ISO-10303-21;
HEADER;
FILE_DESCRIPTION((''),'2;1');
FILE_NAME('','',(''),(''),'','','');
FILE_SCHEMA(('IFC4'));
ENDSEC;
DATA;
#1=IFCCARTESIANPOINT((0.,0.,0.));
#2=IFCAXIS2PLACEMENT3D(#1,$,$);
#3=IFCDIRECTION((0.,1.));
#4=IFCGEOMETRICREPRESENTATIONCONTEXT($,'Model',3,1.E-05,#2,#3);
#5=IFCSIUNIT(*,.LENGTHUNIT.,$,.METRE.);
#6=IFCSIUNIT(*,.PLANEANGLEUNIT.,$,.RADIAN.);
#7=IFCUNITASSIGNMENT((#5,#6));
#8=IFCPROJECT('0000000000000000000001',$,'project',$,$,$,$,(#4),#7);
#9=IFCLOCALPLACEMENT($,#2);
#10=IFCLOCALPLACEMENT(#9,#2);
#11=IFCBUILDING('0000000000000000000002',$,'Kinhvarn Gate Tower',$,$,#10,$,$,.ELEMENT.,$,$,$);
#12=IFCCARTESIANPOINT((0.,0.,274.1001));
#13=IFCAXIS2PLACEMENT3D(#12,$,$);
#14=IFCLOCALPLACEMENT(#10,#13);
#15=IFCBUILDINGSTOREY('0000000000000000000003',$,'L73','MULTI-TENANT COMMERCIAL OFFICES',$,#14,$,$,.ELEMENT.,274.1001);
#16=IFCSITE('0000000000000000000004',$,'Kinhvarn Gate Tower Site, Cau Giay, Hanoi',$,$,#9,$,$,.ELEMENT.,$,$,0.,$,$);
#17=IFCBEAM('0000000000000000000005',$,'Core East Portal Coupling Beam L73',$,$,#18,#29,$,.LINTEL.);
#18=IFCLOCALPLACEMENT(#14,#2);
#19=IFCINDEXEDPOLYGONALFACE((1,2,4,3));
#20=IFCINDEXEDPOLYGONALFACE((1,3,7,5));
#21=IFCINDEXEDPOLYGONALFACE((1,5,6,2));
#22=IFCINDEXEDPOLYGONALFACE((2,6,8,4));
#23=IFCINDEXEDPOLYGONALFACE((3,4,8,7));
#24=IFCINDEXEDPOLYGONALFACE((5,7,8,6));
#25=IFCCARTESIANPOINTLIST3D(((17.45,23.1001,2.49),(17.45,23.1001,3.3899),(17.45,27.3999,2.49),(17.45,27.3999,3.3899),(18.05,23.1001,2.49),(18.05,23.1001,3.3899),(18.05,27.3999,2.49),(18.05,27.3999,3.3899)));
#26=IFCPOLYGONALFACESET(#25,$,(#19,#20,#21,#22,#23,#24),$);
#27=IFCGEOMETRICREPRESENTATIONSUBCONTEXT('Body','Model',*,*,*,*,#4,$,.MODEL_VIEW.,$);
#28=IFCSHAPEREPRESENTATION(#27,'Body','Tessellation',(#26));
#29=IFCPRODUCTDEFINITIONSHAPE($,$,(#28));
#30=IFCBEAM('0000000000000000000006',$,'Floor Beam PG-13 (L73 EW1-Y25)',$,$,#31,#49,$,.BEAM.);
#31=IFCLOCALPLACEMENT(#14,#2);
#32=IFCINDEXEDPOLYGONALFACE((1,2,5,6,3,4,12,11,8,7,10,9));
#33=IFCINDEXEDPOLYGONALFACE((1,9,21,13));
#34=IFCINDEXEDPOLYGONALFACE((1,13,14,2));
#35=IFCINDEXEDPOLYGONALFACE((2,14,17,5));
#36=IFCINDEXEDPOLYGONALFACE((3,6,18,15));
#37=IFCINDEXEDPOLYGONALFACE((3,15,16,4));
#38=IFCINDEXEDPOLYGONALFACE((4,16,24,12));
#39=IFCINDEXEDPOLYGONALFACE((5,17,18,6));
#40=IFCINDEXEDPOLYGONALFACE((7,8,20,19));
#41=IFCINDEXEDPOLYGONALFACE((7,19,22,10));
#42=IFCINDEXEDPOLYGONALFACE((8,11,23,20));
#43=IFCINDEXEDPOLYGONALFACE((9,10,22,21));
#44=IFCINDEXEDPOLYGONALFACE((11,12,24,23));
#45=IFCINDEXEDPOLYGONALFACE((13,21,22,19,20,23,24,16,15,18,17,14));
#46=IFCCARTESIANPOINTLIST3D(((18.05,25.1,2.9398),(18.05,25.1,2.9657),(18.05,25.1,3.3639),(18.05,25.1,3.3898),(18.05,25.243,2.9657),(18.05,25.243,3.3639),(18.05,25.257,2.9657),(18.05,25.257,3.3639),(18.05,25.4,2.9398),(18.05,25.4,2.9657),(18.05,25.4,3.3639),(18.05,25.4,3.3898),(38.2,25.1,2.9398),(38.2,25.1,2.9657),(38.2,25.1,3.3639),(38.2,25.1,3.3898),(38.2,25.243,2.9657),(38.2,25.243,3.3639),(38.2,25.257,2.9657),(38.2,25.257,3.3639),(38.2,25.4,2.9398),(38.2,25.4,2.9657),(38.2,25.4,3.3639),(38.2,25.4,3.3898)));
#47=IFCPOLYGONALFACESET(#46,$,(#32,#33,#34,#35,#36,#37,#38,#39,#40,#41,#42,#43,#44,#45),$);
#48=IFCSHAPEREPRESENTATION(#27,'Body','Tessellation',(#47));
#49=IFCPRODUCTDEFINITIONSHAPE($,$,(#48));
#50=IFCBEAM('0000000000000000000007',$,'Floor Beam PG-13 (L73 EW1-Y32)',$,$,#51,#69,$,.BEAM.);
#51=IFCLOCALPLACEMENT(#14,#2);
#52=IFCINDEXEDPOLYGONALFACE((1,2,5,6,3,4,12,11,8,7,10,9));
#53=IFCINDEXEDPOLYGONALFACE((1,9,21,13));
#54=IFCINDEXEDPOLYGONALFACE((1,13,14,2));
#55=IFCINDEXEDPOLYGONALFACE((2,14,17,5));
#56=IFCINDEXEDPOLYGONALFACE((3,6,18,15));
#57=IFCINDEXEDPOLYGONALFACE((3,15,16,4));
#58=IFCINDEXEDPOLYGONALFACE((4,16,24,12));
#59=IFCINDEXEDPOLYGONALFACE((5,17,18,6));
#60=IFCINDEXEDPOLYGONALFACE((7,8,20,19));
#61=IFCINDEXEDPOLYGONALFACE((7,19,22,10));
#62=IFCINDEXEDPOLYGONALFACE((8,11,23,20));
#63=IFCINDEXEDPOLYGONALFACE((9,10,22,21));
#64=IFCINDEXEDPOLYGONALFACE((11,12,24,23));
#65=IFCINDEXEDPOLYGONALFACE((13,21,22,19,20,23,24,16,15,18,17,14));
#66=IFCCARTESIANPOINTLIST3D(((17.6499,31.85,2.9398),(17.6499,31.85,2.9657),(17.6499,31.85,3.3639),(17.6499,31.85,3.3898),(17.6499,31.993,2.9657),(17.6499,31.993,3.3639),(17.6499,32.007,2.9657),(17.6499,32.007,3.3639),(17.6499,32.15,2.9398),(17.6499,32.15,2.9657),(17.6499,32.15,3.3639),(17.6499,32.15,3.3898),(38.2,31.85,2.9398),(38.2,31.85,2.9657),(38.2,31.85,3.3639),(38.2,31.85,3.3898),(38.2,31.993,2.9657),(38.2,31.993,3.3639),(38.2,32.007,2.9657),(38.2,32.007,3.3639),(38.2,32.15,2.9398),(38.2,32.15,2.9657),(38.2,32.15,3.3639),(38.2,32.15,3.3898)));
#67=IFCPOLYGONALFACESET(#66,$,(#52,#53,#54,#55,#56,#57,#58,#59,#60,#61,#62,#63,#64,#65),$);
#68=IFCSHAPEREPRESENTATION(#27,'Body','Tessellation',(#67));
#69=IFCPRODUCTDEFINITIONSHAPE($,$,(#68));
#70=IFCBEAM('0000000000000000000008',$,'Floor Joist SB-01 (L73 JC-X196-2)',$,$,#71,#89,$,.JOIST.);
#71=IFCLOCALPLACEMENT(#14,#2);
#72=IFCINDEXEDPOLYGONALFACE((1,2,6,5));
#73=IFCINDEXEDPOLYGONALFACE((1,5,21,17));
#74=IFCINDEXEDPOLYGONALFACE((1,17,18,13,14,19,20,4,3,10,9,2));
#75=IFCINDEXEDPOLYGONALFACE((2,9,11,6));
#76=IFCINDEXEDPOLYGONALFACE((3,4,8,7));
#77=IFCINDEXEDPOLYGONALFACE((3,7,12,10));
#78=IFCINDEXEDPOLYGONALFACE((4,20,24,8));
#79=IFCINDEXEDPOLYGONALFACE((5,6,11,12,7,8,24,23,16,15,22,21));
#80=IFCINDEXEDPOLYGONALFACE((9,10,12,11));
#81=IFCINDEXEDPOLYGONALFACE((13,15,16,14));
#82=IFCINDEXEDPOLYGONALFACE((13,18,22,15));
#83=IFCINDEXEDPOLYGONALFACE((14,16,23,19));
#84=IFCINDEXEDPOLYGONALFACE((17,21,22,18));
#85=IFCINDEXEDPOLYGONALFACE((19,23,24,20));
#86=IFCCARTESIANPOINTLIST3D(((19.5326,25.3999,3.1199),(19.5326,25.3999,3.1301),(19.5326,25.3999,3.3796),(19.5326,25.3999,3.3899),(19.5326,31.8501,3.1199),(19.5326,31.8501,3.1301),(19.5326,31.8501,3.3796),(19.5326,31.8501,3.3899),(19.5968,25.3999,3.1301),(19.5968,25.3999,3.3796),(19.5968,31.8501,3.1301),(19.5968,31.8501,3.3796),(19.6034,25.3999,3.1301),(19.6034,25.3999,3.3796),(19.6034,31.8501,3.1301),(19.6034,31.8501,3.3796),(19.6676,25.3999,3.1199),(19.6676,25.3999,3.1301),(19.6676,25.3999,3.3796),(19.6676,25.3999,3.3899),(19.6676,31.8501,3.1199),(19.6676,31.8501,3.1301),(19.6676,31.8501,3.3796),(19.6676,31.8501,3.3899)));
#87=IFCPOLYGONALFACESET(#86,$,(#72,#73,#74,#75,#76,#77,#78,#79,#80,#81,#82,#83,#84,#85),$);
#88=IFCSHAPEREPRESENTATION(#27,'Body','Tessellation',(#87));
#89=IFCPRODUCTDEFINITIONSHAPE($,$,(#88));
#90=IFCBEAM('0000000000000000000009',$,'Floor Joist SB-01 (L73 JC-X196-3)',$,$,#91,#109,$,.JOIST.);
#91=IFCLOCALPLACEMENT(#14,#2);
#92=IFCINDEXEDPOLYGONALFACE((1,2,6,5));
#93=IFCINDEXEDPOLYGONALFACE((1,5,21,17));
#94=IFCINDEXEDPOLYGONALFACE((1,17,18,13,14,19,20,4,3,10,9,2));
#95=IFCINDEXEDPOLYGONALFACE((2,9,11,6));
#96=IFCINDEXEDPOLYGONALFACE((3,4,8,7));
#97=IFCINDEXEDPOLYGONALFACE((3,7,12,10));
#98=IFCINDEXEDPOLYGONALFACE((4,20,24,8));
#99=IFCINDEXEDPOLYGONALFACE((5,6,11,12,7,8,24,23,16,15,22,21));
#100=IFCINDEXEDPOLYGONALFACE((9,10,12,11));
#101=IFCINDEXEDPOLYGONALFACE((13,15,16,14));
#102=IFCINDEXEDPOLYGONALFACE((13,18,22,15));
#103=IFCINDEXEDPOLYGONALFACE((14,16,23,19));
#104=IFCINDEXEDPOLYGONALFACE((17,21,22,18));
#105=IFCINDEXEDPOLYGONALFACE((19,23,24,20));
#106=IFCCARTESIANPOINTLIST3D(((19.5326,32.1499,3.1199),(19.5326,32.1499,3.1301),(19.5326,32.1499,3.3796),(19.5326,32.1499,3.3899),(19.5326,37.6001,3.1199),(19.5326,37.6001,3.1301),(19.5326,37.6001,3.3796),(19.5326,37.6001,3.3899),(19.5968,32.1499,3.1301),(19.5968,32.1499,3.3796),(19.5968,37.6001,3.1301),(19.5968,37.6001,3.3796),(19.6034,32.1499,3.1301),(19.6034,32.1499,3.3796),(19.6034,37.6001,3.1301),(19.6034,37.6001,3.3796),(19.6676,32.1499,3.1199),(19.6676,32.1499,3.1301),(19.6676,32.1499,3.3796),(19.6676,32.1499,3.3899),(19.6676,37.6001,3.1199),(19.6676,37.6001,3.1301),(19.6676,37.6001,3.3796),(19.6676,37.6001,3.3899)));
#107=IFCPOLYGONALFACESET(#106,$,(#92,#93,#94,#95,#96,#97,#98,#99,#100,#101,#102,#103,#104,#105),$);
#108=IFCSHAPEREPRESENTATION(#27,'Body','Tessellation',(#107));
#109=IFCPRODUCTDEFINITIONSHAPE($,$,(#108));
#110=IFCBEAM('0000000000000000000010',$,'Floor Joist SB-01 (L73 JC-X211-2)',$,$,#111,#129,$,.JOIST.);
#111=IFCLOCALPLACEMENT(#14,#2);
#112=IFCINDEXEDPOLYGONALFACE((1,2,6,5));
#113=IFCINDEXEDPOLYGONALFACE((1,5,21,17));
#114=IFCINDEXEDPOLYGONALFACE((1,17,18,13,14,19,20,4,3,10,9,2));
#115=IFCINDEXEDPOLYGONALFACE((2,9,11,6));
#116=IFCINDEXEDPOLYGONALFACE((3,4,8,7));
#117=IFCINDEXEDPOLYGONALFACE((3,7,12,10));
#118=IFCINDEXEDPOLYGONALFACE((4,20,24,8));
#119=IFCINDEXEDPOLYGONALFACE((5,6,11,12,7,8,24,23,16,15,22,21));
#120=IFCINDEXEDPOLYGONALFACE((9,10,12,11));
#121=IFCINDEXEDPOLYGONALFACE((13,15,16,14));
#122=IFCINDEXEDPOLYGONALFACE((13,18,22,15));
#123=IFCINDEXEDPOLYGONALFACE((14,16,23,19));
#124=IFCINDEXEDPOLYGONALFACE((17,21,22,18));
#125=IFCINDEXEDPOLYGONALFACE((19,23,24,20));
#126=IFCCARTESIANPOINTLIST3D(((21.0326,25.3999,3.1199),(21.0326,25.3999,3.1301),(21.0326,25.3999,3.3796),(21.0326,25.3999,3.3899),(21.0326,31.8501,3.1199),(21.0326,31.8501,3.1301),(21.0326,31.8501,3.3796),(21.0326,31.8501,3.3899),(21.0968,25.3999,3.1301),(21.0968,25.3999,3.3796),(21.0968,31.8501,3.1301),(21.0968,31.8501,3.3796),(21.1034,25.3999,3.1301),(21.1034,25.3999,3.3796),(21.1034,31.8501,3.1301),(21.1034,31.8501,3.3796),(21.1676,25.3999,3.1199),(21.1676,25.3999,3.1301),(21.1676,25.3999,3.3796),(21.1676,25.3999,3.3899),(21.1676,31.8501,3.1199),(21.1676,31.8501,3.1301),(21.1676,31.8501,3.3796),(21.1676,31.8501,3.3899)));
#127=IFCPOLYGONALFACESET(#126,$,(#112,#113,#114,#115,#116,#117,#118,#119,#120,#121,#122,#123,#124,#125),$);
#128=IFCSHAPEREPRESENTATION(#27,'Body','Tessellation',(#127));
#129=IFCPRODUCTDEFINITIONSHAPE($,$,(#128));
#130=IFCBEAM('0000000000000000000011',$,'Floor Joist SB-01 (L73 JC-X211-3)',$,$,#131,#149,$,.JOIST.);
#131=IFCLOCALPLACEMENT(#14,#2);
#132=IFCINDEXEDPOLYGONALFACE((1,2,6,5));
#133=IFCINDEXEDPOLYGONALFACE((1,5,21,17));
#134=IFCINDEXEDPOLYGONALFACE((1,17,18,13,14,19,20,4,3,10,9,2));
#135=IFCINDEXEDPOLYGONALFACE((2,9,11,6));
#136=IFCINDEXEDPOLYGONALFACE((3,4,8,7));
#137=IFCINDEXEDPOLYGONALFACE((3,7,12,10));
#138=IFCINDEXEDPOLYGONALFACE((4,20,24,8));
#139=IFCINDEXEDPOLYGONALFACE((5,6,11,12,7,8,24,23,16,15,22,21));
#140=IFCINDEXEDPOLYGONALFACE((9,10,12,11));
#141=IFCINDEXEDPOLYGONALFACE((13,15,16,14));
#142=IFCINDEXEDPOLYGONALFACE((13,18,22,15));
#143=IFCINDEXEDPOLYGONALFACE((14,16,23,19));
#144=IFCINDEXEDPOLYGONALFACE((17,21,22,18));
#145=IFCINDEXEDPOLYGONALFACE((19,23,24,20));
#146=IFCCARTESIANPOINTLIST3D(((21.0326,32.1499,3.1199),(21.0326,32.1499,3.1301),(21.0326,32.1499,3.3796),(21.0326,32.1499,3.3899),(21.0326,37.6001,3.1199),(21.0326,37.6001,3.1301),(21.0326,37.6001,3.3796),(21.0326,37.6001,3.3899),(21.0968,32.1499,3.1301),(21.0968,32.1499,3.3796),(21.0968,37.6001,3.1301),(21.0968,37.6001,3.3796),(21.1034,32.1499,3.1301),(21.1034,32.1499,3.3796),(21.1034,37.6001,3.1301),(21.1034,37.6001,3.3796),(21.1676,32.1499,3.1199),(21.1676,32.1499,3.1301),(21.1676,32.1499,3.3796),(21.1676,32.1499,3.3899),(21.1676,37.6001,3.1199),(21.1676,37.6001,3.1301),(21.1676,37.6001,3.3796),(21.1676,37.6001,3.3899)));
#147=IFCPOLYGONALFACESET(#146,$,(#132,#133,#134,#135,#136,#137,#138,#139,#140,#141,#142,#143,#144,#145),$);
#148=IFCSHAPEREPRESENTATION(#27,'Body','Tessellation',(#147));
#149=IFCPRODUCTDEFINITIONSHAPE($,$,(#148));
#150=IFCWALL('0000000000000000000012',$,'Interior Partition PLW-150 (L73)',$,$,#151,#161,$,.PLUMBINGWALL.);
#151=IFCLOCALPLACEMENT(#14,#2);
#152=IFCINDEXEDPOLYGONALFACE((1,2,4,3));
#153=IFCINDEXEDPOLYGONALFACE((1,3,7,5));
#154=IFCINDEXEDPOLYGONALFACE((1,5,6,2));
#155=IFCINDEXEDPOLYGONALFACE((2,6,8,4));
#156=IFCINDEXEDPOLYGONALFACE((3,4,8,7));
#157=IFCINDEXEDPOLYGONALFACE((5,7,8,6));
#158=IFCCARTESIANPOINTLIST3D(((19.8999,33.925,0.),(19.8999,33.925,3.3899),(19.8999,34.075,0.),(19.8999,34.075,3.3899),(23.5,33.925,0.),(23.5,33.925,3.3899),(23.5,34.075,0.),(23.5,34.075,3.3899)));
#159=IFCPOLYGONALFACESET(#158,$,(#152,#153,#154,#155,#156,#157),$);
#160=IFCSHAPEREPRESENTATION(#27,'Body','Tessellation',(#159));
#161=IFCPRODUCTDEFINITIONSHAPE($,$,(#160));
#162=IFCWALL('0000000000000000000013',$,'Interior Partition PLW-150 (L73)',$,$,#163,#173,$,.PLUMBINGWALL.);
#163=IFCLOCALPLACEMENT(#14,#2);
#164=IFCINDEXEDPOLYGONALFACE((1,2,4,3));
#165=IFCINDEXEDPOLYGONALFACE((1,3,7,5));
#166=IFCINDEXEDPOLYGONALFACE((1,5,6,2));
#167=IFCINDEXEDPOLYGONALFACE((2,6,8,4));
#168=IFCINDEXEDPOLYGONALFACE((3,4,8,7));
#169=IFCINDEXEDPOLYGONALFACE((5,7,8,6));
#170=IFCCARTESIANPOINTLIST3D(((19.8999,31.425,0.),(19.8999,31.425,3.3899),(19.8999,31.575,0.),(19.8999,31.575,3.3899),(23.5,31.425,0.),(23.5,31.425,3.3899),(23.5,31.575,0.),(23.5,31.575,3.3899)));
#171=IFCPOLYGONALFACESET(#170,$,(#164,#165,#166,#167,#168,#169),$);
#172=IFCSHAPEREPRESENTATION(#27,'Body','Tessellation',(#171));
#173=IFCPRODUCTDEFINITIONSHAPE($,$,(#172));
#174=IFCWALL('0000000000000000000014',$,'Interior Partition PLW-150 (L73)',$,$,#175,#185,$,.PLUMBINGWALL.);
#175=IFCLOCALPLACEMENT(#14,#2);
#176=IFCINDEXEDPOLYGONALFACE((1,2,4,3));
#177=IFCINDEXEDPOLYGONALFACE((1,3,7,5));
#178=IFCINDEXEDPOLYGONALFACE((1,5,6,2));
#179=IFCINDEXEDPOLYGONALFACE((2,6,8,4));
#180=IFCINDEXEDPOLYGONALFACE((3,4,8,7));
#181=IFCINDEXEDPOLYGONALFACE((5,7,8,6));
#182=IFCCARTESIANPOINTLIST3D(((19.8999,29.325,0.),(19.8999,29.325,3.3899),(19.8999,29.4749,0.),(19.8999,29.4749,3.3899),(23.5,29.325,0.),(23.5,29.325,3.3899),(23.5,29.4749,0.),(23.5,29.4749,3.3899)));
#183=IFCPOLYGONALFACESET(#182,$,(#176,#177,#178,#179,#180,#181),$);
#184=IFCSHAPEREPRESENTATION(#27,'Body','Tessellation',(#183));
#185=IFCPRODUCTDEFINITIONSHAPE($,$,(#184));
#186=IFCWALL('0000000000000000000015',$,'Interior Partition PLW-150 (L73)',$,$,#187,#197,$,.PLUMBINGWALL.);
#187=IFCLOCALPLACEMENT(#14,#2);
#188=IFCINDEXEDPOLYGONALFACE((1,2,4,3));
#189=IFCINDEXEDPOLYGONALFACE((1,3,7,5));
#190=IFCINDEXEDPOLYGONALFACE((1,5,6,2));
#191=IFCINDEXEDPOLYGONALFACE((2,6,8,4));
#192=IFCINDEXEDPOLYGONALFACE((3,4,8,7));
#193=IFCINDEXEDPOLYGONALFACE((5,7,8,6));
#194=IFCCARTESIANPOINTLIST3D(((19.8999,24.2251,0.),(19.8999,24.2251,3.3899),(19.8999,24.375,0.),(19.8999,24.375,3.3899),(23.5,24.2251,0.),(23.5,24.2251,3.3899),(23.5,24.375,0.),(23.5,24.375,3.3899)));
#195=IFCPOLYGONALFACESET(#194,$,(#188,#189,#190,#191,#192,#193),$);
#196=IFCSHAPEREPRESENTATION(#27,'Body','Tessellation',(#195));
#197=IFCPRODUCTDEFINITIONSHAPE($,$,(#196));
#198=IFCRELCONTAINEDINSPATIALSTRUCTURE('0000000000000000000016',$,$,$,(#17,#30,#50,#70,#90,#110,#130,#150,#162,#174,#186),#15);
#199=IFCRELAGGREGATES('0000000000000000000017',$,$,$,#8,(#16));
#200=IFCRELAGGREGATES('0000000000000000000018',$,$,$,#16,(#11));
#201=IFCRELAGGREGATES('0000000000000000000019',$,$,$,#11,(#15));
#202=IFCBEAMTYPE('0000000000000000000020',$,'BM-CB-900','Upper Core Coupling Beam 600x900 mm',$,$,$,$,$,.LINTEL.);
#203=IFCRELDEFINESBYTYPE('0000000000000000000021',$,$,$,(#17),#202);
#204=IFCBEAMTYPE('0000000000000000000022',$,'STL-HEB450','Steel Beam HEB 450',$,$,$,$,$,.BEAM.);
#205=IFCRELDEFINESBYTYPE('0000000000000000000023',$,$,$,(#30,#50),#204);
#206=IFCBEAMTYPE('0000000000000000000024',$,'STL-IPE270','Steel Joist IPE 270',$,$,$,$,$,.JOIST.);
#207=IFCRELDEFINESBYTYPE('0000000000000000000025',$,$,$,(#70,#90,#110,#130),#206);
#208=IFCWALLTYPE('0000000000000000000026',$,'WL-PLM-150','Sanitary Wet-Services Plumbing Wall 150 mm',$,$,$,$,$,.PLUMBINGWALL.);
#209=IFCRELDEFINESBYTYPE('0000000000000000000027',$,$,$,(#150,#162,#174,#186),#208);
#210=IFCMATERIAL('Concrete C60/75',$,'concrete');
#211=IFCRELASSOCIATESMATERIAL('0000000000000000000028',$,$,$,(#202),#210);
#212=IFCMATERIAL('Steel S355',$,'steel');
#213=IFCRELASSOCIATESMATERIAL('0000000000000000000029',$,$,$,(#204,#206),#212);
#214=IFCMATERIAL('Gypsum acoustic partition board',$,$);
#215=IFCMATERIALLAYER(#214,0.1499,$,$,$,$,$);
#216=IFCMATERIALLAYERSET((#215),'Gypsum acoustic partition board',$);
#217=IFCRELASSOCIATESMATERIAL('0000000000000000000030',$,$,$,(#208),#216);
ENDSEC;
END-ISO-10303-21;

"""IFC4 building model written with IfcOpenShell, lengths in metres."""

from ifc_helpers import new_model, si_unit, direction, frame, frame_2d, origin, origin_2d, place, context, subcontext, project, spatial, rectangle, i_section, extrude, material, layer, layer_set, material_profile, profile_set, type_object, element, save


model = new_model("IFC4")

# Units and contexts
model_context = context("Model", 3, precision=1e-05, world=origin(), true_north=direction((0.0, 1.0)))
body_context = subcontext(model_context, "Body", "Model", "MODEL_VIEW")
ifc_project = project(units=[si_unit("LENGTHUNIT", "METRE"), si_unit("PLANEANGLEUNIT", "RADIAN")], contexts=[model_context])

# Site, building, storey
site_placement = place(None, origin())
site = spatial("IfcSite", under=ifc_project, at=site_placement, Name="Kinhvarn Gate Tower Site, Cau Giay, Hanoi", CompositionType="ELEMENT", RefElevation=0.0)
building_placement = place(site_placement, origin())
building = spatial("IfcBuilding", under=site, at=building_placement, Name="Kinhvarn Gate Tower", CompositionType="ELEMENT")
storey_placement = place(building_placement, frame((0.0, 0.0, 274.1001)))
storey = spatial("IfcBuildingStorey", under=building, at=storey_placement, Name="L73", Description="MULTI-TENANT COMMERCIAL OFFICES", CompositionType="ELEMENT", Elevation=274.1001)

# Beams
ifc_material_1 = material(Name="Concrete C60/75", Category="concrete")
ifc_material_profile_1 = material_profile(ifc_material_1, rectangle(XDim=0.6001, YDim=0.8999, at=origin_2d()), Name="RC 600x900")
ifc_profile_set_1 = profile_set([ifc_material_profile_1], Name="Concrete C60/75")
beam_type_1 = type_object("IfcBeamType", Name="BM-CB-900", Description="Upper Core Coupling Beam 600x900 mm", PredefinedType="LINTEL", material=ifc_profile_set_1)
beam_1_placement = place(storey_placement, frame((17.75, 23.1001, 2.9399), z_axis=(0.0, 1.0, 0.0), x_axis=(-1.0, 0.0, 0.0)))
element("IfcBeam", 1, at=beam_1_placement, inside=storey, type_object=beam_type_1, Name="Core East Portal Coupling Beam L73", PredefinedType="LINTEL", context=body_context, shape_type="SweptSolid", body=[
    extrude(rectangle(XDim=0.6001, YDim=0.8999, at=origin_2d()), origin(), (0.0, 0.0, 1.0), 4.2998),
])
ifc_material_2 = material(Name="Steel S355", Category="steel")
ifc_material_profile_2 = material_profile(ifc_material_2, i_section(OverallWidth=0.3, OverallDepth=0.45, WebThickness=0.0139, FlangeThickness=0.0259, at=origin_2d()), Name="HEB 450")
ifc_profile_set_2 = profile_set([ifc_material_profile_2], Name="Steel S355")
beam_type_2 = type_object("IfcBeamType", Name="STL-HEB450", Description="Steel Beam HEB 450", PredefinedType="BEAM", material=ifc_profile_set_2)
beam_2_placement = place(storey_placement, frame((18.05, 25.25, 3.1648), z_axis=(1.0, 0.0, 0.0), x_axis=(0.0, 1.0, 0.0)))
element("IfcBeam", 2, at=beam_2_placement, inside=storey, type_object=beam_type_2, Name="Floor Beam PG-13 (L73 EW1-Y25)", PredefinedType="BEAM", context=body_context, shape_type="SweptSolid", body=[
    extrude(i_section(OverallWidth=0.3, OverallDepth=0.45, WebThickness=0.0139, FlangeThickness=0.0259, at=origin_2d()), origin(), (0.0, 0.0, 1.0), 20.1499),
])
beam_3_placement = place(storey_placement, frame((17.6499, 32.0, 3.1648), z_axis=(1.0, 0.0, 0.0), x_axis=(0.0, 1.0, 0.0)))
element("IfcBeam", 3, at=beam_3_placement, inside=storey, type_object=beam_type_2, Name="Floor Beam PG-13 (L73 EW1-Y32)", PredefinedType="BEAM", context=body_context, shape_type="SweptSolid", body=[
    extrude(i_section(OverallWidth=0.3, OverallDepth=0.45, WebThickness=0.0139, FlangeThickness=0.0259, at=origin_2d()), origin(), (0.0, 0.0, 1.0), 20.55),
])
ifc_material_profile_3 = material_profile(ifc_material_2, i_section(OverallWidth=0.135, OverallDepth=0.27, WebThickness=0.0066, FlangeThickness=0.0103, at=origin_2d()), Name="IPE 270")
ifc_profile_set_3 = profile_set([ifc_material_profile_3], Name="Steel S355")
beam_type_3 = type_object("IfcBeamType", Name="STL-IPE270", Description="Steel Joist IPE 270", PredefinedType="JOIST", material=ifc_profile_set_3)
beam_4_placement = place(storey_placement, frame((19.6001, 25.3999, 3.2549), z_axis=(0.0, 1.0, 0.0), x_axis=(-1.0, 0.0, 0.0)))
element("IfcBeam", 4, at=beam_4_placement, inside=storey, type_object=beam_type_3, Name="Floor Joist SB-01 (L73 JC-X196-2)", PredefinedType="JOIST", context=body_context, shape_type="SweptSolid", body=[
    extrude(i_section(OverallWidth=0.135, OverallDepth=0.27, WebThickness=0.0066, FlangeThickness=0.0103, at=origin_2d()), origin(), (0.0, 0.0, 1.0), 6.4502),
])
beam_5_placement = place(storey_placement, frame((19.6001, 32.1499, 3.2549), z_axis=(0.0, 1.0, 0.0), x_axis=(-1.0, 0.0, 0.0)))
element("IfcBeam", 5, at=beam_5_placement, inside=storey, type_object=beam_type_3, Name="Floor Joist SB-01 (L73 JC-X196-3)", PredefinedType="JOIST", context=body_context, shape_type="SweptSolid", body=[
    extrude(i_section(OverallWidth=0.135, OverallDepth=0.27, WebThickness=0.0066, FlangeThickness=0.0103, at=origin_2d()), origin(), (0.0, 0.0, 1.0), 5.4502),
])
beam_6_placement = place(storey_placement, frame((21.1001, 25.3999, 3.2549), z_axis=(0.0, 1.0, 0.0), x_axis=(-1.0, 0.0, 0.0)))
element("IfcBeam", 6, at=beam_6_placement, inside=storey, type_object=beam_type_3, Name="Floor Joist SB-01 (L73 JC-X211-2)", PredefinedType="JOIST", context=body_context, shape_type="SweptSolid", body=[
    extrude(i_section(OverallWidth=0.135, OverallDepth=0.27, WebThickness=0.0066, FlangeThickness=0.0103, at=origin_2d()), origin(), (0.0, 0.0, 1.0), 6.4502),
])
beam_7_placement = place(storey_placement, frame((21.1001, 32.1499, 3.2549), z_axis=(0.0, 1.0, 0.0), x_axis=(-1.0, 0.0, 0.0)))
element("IfcBeam", 7, at=beam_7_placement, inside=storey, type_object=beam_type_3, Name="Floor Joist SB-01 (L73 JC-X211-3)", PredefinedType="JOIST", context=body_context, shape_type="SweptSolid", body=[
    extrude(i_section(OverallWidth=0.135, OverallDepth=0.27, WebThickness=0.0066, FlangeThickness=0.0103, at=origin_2d()), origin(), (0.0, 0.0, 1.0), 5.4502),
])

# Walls
ifc_material_3 = material(Name="Gypsum acoustic partition board")
ifc_layer_1 = layer(ifc_material_3, 0.1499)
ifc_layer_set_1 = layer_set([ifc_layer_1], Name="Gypsum acoustic partition board")
wall_type_1 = type_object("IfcWallType", Name="WL-PLM-150", Description="Sanitary Wet-Services Plumbing Wall 150 mm", PredefinedType="PLUMBINGWALL", material=ifc_layer_set_1)
for number, where, z_axis, x_axis, name in (
    (8, (19.8999, 34.0, 0.0), (0.0, 0.0, 1.0), (1.0, 0.0, 0.0), "Interior Partition PLW-150 (L73)"),
    (9, (19.8999, 31.5, 0.0), (0.0, 0.0, 1.0), (1.0, 0.0, 0.0), "Interior Partition PLW-150 (L73)"),
    (10, (19.8999, 29.3999, 0.0), (0.0, 0.0, 1.0), (1.0, 0.0, 0.0), "Interior Partition PLW-150 (L73)"),
    (11, (19.8999, 24.3, 0.0), (0.0, 0.0, 1.0), (1.0, 0.0, 0.0), "Interior Partition PLW-150 (L73)"),
):
    element("IfcWall", number, at=place(storey_placement, frame(where, z_axis=z_axis, x_axis=x_axis)), inside=storey, type_object=wall_type_1, Name=name, PredefinedType="PLUMBINGWALL", context=body_context, shape_type="SweptSolid", body=[
        extrude(rectangle(XDim=3.6001, YDim=0.1499, at=frame_2d((1.8, 0.0))), origin(), (0.0, 0.0, 1.0), 3.3899),
    ])

save(model, "model.ifc")
